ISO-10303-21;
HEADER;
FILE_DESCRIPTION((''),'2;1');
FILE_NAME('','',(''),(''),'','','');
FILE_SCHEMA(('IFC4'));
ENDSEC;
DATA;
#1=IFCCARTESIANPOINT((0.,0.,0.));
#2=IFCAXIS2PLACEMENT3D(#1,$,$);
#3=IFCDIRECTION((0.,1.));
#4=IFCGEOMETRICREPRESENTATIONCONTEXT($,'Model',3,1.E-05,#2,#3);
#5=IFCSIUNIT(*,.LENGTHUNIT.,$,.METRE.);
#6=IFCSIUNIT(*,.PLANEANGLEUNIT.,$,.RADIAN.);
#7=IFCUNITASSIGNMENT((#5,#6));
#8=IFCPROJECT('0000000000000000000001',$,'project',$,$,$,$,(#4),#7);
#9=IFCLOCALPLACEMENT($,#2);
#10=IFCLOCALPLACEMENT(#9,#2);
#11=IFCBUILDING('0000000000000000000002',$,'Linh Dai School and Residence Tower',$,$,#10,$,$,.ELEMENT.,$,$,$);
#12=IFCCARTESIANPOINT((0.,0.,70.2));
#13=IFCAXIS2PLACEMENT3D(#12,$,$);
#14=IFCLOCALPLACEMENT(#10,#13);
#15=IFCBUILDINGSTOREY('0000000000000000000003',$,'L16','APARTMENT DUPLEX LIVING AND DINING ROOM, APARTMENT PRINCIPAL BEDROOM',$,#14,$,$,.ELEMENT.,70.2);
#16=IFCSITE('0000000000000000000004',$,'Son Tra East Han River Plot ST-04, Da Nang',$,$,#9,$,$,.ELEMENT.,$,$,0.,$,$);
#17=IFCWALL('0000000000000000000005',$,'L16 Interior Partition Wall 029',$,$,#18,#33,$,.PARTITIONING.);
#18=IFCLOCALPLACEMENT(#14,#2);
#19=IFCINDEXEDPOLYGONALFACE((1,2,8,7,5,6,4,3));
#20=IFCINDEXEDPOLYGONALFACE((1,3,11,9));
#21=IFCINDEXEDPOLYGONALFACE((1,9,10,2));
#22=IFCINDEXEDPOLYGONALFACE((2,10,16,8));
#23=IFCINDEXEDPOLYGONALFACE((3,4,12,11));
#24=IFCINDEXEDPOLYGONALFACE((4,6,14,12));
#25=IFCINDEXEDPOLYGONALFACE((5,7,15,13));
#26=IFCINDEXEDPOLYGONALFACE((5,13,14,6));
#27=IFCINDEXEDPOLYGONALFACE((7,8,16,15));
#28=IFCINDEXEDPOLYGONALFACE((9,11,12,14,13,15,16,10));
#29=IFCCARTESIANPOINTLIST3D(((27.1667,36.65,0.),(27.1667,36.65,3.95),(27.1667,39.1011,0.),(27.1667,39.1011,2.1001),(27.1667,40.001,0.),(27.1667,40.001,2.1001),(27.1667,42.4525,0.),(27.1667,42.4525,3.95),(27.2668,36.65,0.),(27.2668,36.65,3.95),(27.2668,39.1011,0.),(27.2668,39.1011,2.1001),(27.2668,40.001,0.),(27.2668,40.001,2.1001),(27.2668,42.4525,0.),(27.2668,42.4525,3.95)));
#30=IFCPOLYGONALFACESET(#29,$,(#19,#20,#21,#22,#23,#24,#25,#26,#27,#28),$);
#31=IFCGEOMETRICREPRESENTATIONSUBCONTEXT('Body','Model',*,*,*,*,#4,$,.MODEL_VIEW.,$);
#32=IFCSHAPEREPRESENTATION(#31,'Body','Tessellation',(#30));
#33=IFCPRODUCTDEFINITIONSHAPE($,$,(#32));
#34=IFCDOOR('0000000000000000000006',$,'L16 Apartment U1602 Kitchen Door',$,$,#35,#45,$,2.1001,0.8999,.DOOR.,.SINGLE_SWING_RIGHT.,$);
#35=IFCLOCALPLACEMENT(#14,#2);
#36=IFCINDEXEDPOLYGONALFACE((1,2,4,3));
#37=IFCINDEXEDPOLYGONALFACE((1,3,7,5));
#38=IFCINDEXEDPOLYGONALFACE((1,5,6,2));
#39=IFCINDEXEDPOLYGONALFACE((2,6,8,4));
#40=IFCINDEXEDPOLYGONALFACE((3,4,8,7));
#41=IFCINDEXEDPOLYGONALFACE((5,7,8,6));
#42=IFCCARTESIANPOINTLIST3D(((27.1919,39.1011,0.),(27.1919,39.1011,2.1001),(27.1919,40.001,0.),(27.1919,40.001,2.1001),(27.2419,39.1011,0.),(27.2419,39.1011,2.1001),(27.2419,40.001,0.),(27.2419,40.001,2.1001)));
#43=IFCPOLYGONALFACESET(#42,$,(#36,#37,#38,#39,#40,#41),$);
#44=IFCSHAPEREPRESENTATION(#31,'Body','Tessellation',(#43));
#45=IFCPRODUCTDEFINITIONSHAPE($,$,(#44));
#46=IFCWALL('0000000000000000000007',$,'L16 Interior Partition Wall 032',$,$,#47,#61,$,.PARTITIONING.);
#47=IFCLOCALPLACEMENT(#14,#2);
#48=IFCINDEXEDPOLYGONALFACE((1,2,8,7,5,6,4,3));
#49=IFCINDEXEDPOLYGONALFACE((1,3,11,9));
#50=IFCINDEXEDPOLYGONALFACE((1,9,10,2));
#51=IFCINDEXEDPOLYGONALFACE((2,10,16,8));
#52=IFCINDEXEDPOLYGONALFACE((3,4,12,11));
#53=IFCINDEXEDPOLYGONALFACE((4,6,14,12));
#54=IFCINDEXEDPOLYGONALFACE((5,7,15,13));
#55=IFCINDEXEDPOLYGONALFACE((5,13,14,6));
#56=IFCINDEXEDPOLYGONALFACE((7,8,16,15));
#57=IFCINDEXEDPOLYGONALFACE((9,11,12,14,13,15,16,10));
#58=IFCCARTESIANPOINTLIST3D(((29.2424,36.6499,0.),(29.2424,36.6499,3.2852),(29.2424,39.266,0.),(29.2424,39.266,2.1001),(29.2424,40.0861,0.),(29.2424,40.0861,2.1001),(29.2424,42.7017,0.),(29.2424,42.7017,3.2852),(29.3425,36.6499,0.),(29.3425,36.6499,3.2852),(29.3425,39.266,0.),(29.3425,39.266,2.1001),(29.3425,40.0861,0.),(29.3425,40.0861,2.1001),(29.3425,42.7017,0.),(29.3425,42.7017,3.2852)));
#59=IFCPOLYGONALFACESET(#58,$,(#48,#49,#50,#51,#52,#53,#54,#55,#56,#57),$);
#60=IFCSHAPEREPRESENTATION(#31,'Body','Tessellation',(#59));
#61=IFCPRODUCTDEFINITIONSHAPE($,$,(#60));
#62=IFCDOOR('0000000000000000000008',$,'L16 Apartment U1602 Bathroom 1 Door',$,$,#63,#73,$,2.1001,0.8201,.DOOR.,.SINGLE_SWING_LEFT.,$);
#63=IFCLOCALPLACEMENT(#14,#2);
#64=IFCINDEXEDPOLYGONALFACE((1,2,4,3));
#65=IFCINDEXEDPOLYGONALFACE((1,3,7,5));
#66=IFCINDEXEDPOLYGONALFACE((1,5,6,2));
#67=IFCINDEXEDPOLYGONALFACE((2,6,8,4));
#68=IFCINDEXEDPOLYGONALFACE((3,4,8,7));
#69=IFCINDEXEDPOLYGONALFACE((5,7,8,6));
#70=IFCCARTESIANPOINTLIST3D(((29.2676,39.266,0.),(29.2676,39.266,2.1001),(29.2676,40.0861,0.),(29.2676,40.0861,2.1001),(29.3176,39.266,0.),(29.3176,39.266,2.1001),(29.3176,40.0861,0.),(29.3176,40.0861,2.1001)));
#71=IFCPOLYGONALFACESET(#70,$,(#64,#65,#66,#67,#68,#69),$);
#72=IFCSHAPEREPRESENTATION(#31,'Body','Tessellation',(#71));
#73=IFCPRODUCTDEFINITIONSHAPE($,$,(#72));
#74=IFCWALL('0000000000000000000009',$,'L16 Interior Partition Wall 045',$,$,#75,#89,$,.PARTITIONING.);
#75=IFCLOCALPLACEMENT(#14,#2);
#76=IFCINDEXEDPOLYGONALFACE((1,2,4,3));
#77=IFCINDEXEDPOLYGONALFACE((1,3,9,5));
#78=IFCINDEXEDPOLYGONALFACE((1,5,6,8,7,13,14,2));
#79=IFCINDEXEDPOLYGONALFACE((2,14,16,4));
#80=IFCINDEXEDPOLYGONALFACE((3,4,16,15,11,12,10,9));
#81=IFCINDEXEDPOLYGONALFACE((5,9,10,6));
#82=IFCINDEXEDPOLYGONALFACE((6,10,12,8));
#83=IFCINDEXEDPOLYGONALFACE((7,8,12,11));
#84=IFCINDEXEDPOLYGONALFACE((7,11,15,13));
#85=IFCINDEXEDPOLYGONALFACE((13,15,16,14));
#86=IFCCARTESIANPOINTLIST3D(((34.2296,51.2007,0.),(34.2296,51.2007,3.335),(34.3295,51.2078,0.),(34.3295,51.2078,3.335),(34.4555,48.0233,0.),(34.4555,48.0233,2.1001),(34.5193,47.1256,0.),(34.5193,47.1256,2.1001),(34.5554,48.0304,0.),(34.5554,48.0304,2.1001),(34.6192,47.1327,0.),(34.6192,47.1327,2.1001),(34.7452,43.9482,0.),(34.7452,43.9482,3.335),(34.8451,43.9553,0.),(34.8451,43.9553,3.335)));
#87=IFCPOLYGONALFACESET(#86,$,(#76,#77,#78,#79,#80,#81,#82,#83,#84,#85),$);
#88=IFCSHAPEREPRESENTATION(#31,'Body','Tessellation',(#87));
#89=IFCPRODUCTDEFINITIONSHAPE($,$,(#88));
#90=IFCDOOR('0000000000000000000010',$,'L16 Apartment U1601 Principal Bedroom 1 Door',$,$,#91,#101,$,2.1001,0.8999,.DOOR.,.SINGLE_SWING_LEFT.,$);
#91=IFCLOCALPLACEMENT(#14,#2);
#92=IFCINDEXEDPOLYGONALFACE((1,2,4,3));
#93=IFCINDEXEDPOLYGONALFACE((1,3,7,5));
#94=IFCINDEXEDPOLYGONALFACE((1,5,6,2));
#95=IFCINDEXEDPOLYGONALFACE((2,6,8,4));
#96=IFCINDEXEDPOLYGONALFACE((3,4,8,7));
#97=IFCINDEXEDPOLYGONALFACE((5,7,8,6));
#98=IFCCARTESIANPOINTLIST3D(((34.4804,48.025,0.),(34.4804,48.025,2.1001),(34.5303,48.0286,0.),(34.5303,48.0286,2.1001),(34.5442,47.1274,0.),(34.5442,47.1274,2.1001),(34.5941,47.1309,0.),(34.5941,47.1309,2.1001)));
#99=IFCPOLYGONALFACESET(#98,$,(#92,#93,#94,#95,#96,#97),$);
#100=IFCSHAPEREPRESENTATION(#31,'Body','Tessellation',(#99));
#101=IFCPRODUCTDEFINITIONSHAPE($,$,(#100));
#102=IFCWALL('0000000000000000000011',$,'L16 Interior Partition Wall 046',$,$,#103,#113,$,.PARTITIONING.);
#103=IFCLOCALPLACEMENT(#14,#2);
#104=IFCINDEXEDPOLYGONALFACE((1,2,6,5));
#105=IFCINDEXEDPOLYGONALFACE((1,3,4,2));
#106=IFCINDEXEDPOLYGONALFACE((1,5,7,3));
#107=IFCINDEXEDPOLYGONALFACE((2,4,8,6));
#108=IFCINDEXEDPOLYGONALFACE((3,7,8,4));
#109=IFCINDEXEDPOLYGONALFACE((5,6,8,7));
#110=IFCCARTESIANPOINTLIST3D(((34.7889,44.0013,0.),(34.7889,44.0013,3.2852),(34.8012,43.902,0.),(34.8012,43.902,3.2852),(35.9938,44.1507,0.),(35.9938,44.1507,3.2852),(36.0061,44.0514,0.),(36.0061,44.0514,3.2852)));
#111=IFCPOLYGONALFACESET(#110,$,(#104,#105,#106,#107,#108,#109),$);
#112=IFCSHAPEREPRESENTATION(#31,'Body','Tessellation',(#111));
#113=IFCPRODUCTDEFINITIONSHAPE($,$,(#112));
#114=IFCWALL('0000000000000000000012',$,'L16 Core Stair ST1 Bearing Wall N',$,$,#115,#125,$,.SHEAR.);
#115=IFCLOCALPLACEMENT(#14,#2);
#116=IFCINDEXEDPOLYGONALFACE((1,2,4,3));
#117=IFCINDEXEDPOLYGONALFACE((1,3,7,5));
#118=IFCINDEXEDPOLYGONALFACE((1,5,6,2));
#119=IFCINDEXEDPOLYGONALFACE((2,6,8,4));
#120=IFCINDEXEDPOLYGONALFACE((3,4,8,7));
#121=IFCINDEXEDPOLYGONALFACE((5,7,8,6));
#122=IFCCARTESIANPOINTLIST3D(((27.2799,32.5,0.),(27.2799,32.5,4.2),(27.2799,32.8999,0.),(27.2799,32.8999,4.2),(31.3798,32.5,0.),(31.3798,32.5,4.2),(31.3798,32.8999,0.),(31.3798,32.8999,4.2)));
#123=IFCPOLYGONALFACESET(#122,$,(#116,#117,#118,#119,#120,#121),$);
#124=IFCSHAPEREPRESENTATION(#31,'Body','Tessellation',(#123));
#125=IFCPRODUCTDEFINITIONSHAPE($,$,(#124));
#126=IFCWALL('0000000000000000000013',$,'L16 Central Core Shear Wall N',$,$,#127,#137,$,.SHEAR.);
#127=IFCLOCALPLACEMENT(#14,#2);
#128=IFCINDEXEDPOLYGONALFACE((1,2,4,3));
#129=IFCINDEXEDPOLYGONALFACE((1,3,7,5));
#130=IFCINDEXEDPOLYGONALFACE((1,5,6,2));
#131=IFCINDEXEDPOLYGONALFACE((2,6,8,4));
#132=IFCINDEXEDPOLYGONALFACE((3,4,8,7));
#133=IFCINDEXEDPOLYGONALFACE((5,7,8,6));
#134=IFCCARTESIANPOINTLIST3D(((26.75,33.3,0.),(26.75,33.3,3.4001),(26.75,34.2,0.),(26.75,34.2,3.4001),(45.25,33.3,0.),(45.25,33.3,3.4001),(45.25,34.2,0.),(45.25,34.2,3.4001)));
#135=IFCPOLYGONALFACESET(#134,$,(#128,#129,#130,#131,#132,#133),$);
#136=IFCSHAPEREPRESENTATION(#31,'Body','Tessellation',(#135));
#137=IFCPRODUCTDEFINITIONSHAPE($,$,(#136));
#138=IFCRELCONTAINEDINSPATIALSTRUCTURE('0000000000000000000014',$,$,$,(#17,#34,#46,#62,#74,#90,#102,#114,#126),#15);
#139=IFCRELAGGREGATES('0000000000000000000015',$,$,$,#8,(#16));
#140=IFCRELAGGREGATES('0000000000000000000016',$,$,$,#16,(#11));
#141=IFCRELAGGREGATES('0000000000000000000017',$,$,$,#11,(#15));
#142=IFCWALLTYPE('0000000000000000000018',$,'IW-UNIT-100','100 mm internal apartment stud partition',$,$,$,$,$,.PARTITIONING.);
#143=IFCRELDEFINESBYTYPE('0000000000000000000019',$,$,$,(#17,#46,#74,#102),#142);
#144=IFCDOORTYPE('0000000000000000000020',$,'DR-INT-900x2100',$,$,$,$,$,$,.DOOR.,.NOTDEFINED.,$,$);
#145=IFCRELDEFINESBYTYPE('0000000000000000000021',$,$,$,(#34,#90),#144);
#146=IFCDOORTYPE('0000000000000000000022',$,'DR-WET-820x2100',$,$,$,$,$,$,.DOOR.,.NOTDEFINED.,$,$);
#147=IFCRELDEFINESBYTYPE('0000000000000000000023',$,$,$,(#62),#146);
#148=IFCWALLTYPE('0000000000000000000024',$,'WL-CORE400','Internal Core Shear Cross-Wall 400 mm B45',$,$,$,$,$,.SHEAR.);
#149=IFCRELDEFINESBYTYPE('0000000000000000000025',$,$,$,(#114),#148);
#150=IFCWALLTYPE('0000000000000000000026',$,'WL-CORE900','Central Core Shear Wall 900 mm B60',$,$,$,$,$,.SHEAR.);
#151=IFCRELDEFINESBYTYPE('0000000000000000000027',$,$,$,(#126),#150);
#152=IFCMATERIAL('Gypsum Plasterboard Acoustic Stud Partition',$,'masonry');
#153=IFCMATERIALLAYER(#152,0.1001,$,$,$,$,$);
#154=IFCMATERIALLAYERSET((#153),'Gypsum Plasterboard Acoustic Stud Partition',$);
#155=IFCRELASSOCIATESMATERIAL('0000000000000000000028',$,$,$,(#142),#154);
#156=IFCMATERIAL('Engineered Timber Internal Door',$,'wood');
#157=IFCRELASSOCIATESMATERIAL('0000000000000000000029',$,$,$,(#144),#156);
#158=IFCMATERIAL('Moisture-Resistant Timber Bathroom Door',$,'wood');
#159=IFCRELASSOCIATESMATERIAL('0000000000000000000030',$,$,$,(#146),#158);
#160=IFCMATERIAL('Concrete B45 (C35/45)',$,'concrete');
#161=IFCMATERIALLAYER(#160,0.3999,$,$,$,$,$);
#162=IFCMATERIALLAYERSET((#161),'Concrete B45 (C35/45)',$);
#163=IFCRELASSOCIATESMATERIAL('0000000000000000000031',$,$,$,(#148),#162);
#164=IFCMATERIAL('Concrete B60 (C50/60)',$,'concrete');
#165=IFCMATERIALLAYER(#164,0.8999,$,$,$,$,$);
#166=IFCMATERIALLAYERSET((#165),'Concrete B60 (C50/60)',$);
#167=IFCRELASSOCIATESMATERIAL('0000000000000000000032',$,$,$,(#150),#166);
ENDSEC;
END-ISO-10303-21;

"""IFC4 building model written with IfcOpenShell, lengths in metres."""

from ifc_helpers import new_model, si_unit, direction, frame, frame_2d, origin, origin_2d, place, context, subcontext, project, spatial, rectangle, extrude, source, transform, mapped, material, layer, layer_set, type_object, element, fill, save


model = new_model("IFC4")

# Units and contexts
model_context = context("Model", 3, precision=1e-05, world=origin(), true_north=direction((0.0, 1.0)))
body_context = subcontext(model_context, "Body", "Model", "MODEL_VIEW")
ifc_project = project(units=[si_unit("LENGTHUNIT", "METRE"), si_unit("PLANEANGLEUNIT", "RADIAN")], contexts=[model_context])

# Site, building, storey
site_placement = place(None, origin())
site = spatial("IfcSite", under=ifc_project, at=site_placement, Name="Son Tra East Han River Plot ST-04, Da Nang", CompositionType="ELEMENT", RefElevation=0.0)
building_placement = place(site_placement, origin())
building = spatial("IfcBuilding", under=site, at=building_placement, Name="Linh Dai School and Residence Tower", CompositionType="ELEMENT")
storey_placement = place(building_placement, frame((0.0, 0.0, 70.2)))
storey = spatial("IfcBuildingStorey", under=building, at=storey_placement, Name="L16", Description="APARTMENT DUPLEX LIVING AND DINING ROOM, APARTMENT PRINCIPAL BEDROOM", CompositionType="ELEMENT", Elevation=70.2)

# Walls, openings, doors
ifc_material_1 = material(Name="Gypsum Plasterboard Acoustic Stud Partition", Category="masonry")
ifc_layer_1 = layer(ifc_material_1, 0.1001)
ifc_layer_set_1 = layer_set([ifc_layer_1], Name="Gypsum Plasterboard Acoustic Stud Partition")
wall_type_1 = type_object("IfcWallType", Name="IW-UNIT-100", Description="100 mm internal apartment stud partition", PredefinedType="PARTITIONING", material=ifc_layer_set_1)
wall_1_placement = place(storey_placement, frame((27.2168, 36.6499, 0.0), z_axis=(0.0, 0.0, 1.0), x_axis=(0.0, 1.0, 0.0)))
wall_1 = element("IfcWall", 1, at=wall_1_placement, inside=storey, type_object=wall_type_1, Name="L16 Interior Partition Wall 029", PredefinedType="PARTITIONING", context=body_context, shape_type="SweptSolid", body=[
    extrude(rectangle(XDim=5.8025, YDim=0.1001, at=frame_2d((2.9014, 0.0))), origin(), (0.0, 0.0, 1.0), 3.95),
])
opening_1_placement = place(wall_1_placement, frame((2.4512, 0.0, 0.0)))
opening_1 = element("IfcOpeningElement", 2, at=opening_1_placement, cuts=wall_1, PredefinedType="OPENING", context=body_context, shape_type="SweptSolid", body=[
    extrude(rectangle(XDim=0.8999, YDim=2.1001, at=origin_2d()), frame((0.45, 0.0601, 1.05), z_axis=(0.0, -1.0, 0.0), x_axis=(1.0, 0.0, 0.0)), (0.0, 0.0, 1.0), 0.1201),
])
ifc_material_2 = material(Name="Engineered Timber Internal Door", Category="wood")
door_type_1 = type_object("IfcDoorType", Name="DR-INT-900x2100", OperationType="NOTDEFINED", PredefinedType="DOOR", material=ifc_material_2)
shared_shape_1 = source(origin(), body_context, "Body", "SweptSolid", [
    extrude(rectangle(XDim=0.8999, YDim=2.1001, at=origin_2d()), frame((0.45, 0.0249, 1.05), z_axis=(0.0, -1.0, 0.0), x_axis=(1.0, 0.0, 0.0)), (0.0, 0.0, 1.0), 0.05),
])
door_1_placement = place(opening_1_placement, origin())
door_1 = element("IfcDoor", 3, at=door_1_placement, inside=storey, type_object=door_type_1, Name="L16 Apartment U1602 Kitchen Door", OperationType="SINGLE_SWING_RIGHT", OverallHeight=2.1001, OverallWidth=0.8999, PredefinedType="DOOR", context=body_context, shape_type="MappedRepresentation", body=[
    mapped(shared_shape_1, transform((0.0, 0.0, 0.0), x_axis=(1.0, 0.0, 0.0), y_axis=(0.0, 1.0, 0.0), z_axis=(0.0, 0.0, 1.0), scale=1.0)),
])
fill(opening_1, door_1)
wall_2_placement = place(storey_placement, frame((29.2925, 36.6499, 0.0), z_axis=(0.0, 0.0, 1.0), x_axis=(0.0, 1.0, 0.0)))
wall_2 = element("IfcWall", 4, at=wall_2_placement, inside=storey, type_object=wall_type_1, Name="L16 Interior Partition Wall 032", PredefinedType="PARTITIONING", context=body_context, shape_type="SweptSolid", body=[
    extrude(rectangle(XDim=6.0518, YDim=0.1001, at=frame_2d((3.0259, 0.0))), origin(), (0.0, 0.0, 1.0), 3.2852),
])
opening_2_placement = place(wall_2_placement, frame((2.616, 0.0, 0.0)))
opening_2 = element("IfcOpeningElement", 5, at=opening_2_placement, cuts=wall_2, PredefinedType="OPENING", context=body_context, shape_type="SweptSolid", body=[
    extrude(rectangle(XDim=0.8201, YDim=2.1001, at=origin_2d()), frame((0.4102, 0.0601, 1.05), z_axis=(0.0, -1.0, 0.0), x_axis=(1.0, 0.0, 0.0)), (0.0, 0.0, 1.0), 0.1201),
])
ifc_material_3 = material(Name="Moisture-Resistant Timber Bathroom Door", Category="wood")
door_type_2 = type_object("IfcDoorType", Name="DR-WET-820x2100", OperationType="NOTDEFINED", PredefinedType="DOOR", material=ifc_material_3)
shared_shape_2 = source(origin(), body_context, "Body", "SweptSolid", [
    extrude(rectangle(XDim=0.8201, YDim=2.1001, at=origin_2d()), frame((0.4102, 0.0249, 1.05), z_axis=(0.0, -1.0, 0.0), x_axis=(1.0, 0.0, 0.0)), (0.0, 0.0, 1.0), 0.05),
])
door_2_placement = place(opening_2_placement, origin())
door_2 = element("IfcDoor", 6, at=door_2_placement, inside=storey, type_object=door_type_2, Name="L16 Apartment U1602 Bathroom 1 Door", OperationType="SINGLE_SWING_LEFT", OverallHeight=2.1001, OverallWidth=0.8201, PredefinedType="DOOR", context=body_context, shape_type="MappedRepresentation", body=[
    mapped(shared_shape_2, transform((0.0, 0.0, 0.0), x_axis=(1.0, 0.0, 0.0), y_axis=(0.0, 1.0, 0.0), z_axis=(0.0, 0.0, 1.0), scale=1.0)),
])
fill(opening_2, door_2)
wall_3_placement = place(storey_placement, frame((34.2795, 51.2041, 0.0), z_axis=(0.0, 0.0, 1.0), x_axis=(0.070918, -0.997482, 0.0)))
wall_3 = element("IfcWall", 7, at=wall_3_placement, inside=storey, type_object=wall_type_1, Name="L16 Interior Partition Wall 045", PredefinedType="PARTITIONING", context=body_context, shape_type="SweptSolid", body=[
    extrude(rectangle(XDim=7.2708, YDim=0.1001, at=frame_2d((3.6353, 0.0))), origin(), (0.0, 0.0, 1.0), 3.335),
])
opening_3_placement = place(wall_3_placement, frame((3.1853, 0.0, 0.0)))
opening_3 = element("IfcOpeningElement", 8, at=opening_3_placement, cuts=wall_3, PredefinedType="OPENING", context=body_context, shape_type="SweptSolid", body=[
    extrude(rectangle(XDim=0.8999, YDim=2.1001, at=origin_2d()), frame((0.45, 0.0601, 1.05), z_axis=(0.0, -1.0, 0.0), x_axis=(1.0, 0.0, 0.0)), (0.0, 0.0, 1.0), 0.1201),
])
door_3_placement = place(opening_3_placement, origin())
door_3 = element("IfcDoor", 9, at=door_3_placement, inside=storey, type_object=door_type_1, Name="L16 Apartment U1601 Principal Bedroom 1 Door", OperationType="SINGLE_SWING_LEFT", OverallHeight=2.1001, OverallWidth=0.8999, PredefinedType="DOOR", context=body_context, shape_type="MappedRepresentation", body=[
    mapped(shared_shape_1, transform((0.0, 0.0, 0.0), x_axis=(1.0, 0.0, 0.0), y_axis=(0.0, 1.0, 0.0), z_axis=(0.0, 0.0, 1.0), scale=1.0)),
])
fill(opening_3, door_3)

# Walls
wall_4_placement = place(storey_placement, frame((34.7952, 43.9517, 0.0), z_axis=(0.0, 0.0, 1.0), x_axis=(0.992398, 0.123069, 0.0)))
element("IfcWall", 10, at=wall_4_placement, inside=storey, type_object=wall_type_1, Name="L16 Interior Partition Wall 046", PredefinedType="PARTITIONING", context=body_context, shape_type="SweptSolid", body=[
    extrude(rectangle(XDim=1.2141, YDim=0.1001, at=frame_2d((0.6069, 0.0))), origin(), (0.0, 0.0, 1.0), 3.2852),
])
ifc_material_4 = material(Name="Concrete B45 (C35/45)", Category="concrete")
ifc_layer_2 = layer(ifc_material_4, 0.3999)
ifc_layer_set_2 = layer_set([ifc_layer_2], Name="Concrete B45 (C35/45)")
wall_type_2 = type_object("IfcWallType", Name="WL-CORE400", Description="Internal Core Shear Cross-Wall 400 mm B45", PredefinedType="SHEAR", material=ifc_layer_set_2)
wall_5_placement = place(storey_placement, frame((27.28, 32.7, 0.0), z_axis=(0.0, 0.0, 1.0), x_axis=(1.0, 0.0, 0.0)))
element("IfcWall", 11, at=wall_5_placement, inside=storey, type_object=wall_type_2, Name="L16 Core Stair ST1 Bearing Wall N", PredefinedType="SHEAR", context=body_context, shape_type="SweptSolid", body=[
    extrude(rectangle(XDim=4.0999, YDim=0.3999, at=frame_2d((2.0498, 0.0))), origin(), (0.0, 0.0, 1.0), 4.2),
])
ifc_material_5 = material(Name="Concrete B60 (C50/60)", Category="concrete")
ifc_layer_3 = layer(ifc_material_5, 0.8999)
ifc_layer_set_3 = layer_set([ifc_layer_3], Name="Concrete B60 (C50/60)")
wall_type_3 = type_object("IfcWallType", Name="WL-CORE900", Description="Central Core Shear Wall 900 mm B60", PredefinedType="SHEAR", material=ifc_layer_set_3)
wall_6_placement = place(storey_placement, frame((26.75, 33.75, 0.0), z_axis=(0.0, 0.0, 1.0), x_axis=(1.0, 0.0, 0.0)))
element("IfcWall", 12, at=wall_6_placement, inside=storey, type_object=wall_type_3, Name="L16 Central Core Shear Wall N", PredefinedType="SHEAR", context=body_context, shape_type="SweptSolid", body=[
    extrude(rectangle(XDim=18.5, YDim=0.8999, at=frame_2d((9.25, 0.0))), origin(), (0.0, 0.0, 1.0), 3.4001),
])

save(model, "model.ifc")
